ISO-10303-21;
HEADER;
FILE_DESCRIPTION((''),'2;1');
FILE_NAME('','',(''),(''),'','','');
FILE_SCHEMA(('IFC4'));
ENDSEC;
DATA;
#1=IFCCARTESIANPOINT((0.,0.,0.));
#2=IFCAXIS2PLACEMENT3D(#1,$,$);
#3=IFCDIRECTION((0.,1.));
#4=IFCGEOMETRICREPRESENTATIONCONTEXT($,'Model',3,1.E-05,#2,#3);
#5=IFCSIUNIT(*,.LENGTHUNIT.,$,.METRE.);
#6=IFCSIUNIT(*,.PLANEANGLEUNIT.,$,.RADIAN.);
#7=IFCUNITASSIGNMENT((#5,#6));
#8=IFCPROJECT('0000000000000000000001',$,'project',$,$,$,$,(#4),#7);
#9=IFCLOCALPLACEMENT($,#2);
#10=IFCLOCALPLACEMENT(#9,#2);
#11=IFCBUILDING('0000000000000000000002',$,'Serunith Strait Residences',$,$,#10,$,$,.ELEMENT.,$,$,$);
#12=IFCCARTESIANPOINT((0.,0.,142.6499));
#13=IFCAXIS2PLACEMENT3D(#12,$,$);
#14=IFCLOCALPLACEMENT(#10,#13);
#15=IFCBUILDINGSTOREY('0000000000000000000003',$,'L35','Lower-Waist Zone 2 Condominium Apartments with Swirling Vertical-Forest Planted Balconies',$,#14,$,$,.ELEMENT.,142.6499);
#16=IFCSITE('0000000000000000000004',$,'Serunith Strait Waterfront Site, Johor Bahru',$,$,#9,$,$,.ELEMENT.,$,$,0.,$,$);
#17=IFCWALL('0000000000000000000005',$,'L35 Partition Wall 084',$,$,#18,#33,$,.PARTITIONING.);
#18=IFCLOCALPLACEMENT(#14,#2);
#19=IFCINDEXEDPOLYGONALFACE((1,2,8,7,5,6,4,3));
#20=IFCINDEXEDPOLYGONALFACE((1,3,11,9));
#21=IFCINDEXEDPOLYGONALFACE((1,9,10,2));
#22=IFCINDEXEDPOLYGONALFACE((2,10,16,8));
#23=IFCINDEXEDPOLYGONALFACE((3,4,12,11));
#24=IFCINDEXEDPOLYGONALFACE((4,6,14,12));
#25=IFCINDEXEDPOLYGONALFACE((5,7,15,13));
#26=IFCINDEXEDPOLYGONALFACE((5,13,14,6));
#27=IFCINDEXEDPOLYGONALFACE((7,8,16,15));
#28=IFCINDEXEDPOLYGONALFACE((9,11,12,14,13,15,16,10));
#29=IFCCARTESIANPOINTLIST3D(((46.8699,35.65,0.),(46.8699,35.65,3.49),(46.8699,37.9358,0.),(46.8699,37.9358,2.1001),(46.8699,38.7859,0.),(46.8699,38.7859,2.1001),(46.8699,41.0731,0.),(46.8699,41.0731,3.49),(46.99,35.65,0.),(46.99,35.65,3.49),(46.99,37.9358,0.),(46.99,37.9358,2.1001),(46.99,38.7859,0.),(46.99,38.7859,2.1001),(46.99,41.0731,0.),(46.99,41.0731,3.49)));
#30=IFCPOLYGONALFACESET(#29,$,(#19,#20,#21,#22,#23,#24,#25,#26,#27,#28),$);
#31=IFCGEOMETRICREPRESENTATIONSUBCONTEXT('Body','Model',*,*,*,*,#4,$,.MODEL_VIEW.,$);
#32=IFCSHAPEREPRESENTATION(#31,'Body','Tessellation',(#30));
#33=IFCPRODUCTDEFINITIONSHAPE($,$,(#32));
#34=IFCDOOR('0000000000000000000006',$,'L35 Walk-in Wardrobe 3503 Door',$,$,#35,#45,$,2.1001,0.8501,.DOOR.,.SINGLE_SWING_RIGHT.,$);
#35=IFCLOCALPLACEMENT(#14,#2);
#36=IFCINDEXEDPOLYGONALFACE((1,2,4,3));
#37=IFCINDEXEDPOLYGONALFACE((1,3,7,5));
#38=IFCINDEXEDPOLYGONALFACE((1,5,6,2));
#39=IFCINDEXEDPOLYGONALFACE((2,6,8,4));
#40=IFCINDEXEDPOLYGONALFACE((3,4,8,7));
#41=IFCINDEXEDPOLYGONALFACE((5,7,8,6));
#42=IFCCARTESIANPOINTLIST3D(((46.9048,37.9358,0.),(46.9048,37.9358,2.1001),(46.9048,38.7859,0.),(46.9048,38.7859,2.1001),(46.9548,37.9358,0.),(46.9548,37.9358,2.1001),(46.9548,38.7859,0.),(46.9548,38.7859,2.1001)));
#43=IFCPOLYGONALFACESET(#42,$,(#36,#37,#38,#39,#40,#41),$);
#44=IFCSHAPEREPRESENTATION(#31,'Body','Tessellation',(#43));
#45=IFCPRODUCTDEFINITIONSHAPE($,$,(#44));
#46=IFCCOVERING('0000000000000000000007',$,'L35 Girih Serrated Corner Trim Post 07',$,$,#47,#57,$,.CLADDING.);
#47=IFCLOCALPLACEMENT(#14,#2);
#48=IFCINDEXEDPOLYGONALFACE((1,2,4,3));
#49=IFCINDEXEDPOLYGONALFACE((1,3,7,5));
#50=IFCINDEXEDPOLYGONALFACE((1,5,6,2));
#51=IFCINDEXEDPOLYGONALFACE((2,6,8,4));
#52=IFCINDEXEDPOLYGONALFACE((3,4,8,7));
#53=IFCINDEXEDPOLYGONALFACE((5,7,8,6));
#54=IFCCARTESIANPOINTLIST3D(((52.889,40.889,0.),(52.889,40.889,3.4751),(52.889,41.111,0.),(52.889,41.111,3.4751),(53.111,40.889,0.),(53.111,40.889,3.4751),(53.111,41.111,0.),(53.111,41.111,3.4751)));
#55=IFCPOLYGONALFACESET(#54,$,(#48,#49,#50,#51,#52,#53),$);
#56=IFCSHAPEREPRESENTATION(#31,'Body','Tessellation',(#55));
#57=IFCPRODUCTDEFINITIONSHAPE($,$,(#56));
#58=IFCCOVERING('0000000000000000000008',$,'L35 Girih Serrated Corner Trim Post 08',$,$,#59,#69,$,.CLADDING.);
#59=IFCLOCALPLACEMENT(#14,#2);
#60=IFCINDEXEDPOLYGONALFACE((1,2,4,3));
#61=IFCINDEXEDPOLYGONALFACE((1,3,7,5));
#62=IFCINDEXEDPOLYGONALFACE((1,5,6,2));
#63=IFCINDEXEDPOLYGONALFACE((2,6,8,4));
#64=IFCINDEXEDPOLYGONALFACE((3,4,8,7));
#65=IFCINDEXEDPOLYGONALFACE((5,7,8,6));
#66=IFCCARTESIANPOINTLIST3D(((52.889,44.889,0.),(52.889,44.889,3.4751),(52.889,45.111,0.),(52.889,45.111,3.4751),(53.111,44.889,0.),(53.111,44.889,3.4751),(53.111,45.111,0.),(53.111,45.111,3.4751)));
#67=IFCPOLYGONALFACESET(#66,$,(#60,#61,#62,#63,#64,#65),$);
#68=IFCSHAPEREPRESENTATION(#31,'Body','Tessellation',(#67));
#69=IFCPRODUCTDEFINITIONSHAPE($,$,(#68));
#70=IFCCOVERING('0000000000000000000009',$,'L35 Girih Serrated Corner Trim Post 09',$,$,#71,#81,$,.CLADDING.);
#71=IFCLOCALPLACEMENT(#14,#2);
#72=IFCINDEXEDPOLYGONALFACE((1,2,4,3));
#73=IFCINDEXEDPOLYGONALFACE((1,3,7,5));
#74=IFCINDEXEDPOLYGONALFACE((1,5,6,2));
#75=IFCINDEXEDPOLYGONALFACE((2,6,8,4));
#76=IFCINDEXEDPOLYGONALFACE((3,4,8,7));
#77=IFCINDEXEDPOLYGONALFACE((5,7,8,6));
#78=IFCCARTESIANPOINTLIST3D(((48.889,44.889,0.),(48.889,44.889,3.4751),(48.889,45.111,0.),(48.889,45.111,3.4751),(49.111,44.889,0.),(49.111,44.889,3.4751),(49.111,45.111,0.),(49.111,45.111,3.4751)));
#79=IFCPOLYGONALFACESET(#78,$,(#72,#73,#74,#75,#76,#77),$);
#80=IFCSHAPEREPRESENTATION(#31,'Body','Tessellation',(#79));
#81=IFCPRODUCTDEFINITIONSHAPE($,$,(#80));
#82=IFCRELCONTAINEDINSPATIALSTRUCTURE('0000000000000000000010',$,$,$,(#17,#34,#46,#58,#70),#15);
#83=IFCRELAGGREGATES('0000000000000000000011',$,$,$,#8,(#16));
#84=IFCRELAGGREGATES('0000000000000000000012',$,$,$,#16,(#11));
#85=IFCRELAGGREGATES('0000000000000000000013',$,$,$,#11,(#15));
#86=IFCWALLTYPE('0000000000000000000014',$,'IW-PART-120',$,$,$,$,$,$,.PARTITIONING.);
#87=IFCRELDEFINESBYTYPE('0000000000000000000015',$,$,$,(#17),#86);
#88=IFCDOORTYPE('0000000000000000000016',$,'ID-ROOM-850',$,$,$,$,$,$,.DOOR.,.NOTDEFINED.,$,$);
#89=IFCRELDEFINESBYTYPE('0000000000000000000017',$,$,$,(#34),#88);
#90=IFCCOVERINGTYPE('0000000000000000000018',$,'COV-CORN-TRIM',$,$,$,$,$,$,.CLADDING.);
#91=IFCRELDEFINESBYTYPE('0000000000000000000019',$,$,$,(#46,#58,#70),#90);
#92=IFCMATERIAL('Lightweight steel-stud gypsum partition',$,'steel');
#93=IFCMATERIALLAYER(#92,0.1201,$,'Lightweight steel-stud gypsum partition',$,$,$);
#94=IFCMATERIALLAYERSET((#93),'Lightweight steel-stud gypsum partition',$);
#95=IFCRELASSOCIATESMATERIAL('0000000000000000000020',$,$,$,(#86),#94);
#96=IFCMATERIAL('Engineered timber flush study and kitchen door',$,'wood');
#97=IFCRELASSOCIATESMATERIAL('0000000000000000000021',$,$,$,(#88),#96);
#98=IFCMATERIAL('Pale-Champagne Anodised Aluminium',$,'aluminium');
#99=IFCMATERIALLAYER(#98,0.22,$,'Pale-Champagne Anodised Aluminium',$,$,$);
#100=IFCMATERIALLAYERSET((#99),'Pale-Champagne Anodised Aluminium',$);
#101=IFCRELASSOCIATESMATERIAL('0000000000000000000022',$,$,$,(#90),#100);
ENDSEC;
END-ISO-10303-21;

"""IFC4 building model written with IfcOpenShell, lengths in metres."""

from ifc_helpers import new_model, si_unit, direction, frame, frame_2d, origin, origin_2d, place, context, subcontext, project, spatial, rectangle, extrude, source, transform, mapped, material, layer, layer_set, type_object, element, fill, save


model = new_model("IFC4")

# Units and contexts
model_context = context("Model", 3, precision=1e-05, world=origin(), true_north=direction((0.0, 1.0)))
body_context = subcontext(model_context, "Body", "Model", "MODEL_VIEW")
ifc_project = project(units=[si_unit("LENGTHUNIT", "METRE"), si_unit("PLANEANGLEUNIT", "RADIAN")], contexts=[model_context])

# Site, building, storey
site_placement = place(None, origin())
site = spatial("IfcSite", under=ifc_project, at=site_placement, Name="Serunith Strait Waterfront Site, Johor Bahru", CompositionType="ELEMENT", RefElevation=0.0)
building_placement = place(site_placement, origin())
building = spatial("IfcBuilding", under=site, at=building_placement, Name="Serunith Strait Residences", CompositionType="ELEMENT")
storey_placement = place(building_placement, frame((0.0, 0.0, 142.6499)))
storey = spatial("IfcBuildingStorey", under=building, at=storey_placement, Name="L35", Description="Lower-Waist Zone 2 Condominium Apartments with Swirling Vertical-Forest Planted Balconies", CompositionType="ELEMENT", Elevation=142.6499)

# Shared definitions
ifc_material_1 = material(Name="Pale-Champagne Anodised Aluminium", Category="aluminium")

# Shared definitions
ifc_material_2 = material(Name="Lightweight steel-stud gypsum partition", Category="steel")
ifc_layer_1 = layer(ifc_material_2, 0.1201, Name="Lightweight steel-stud gypsum partition")
ifc_layer_set_1 = layer_set([ifc_layer_1], Name="Lightweight steel-stud gypsum partition")
wall_type_1 = type_object("IfcWallType", Name="IW-PART-120", PredefinedType="PARTITIONING", material=ifc_layer_set_1)

# Wall, opening, door
wall_1_placement = place(storey_placement, frame((46.9299, 41.073, 0.0), z_axis=(0.0, 0.0, 1.0), x_axis=(0.0, -1.0, 0.0)))
wall_1 = element("IfcWall", 1, at=wall_1_placement, inside=storey, type_object=wall_type_1, Name="L35 Partition Wall 084", PredefinedType="PARTITIONING", context=body_context, shape_type="SweptSolid", body=[
    extrude(rectangle(XDim=5.4231, YDim=0.1201, at=frame_2d((2.7114, 0.0))), origin(), (0.0, 0.0, 1.0), 3.49),
])
opening_1_placement = place(wall_1_placement, frame((2.2871, 0.0, 0.0)))
opening_1 = element("IfcOpeningElement", 2, at=opening_1_placement, cuts=wall_1, PredefinedType="OPENING", context=body_context, shape_type="SweptSolid", body=[
    extrude(rectangle(XDim=0.8501, YDim=2.1001, at=frame_2d((0.425, 1.05))), frame((0.0, 0.0701, 0.0), z_axis=(0.0, -1.0, 0.0), x_axis=(1.0, 0.0, 0.0)), (0.0, 0.0, 1.0), 0.1401),
])
ifc_material_3 = material(Name="Engineered timber flush study and kitchen door", Category="wood")
door_type_1 = type_object("IfcDoorType", Name="ID-ROOM-850", OperationType="NOTDEFINED", PredefinedType="DOOR", material=ifc_material_3)
shared_shape_1 = source(origin(), body_context, "Body", "SweptSolid", [
    extrude(rectangle(XDim=0.8501, YDim=2.1001, at=frame_2d((0.425, 1.05))), frame((0.0, 0.0249, 0.0), z_axis=(0.0, -1.0, 0.0), x_axis=(1.0, 0.0, 0.0)), (0.0, 0.0, 1.0), 0.05),
])
door_1_placement = place(opening_1_placement, origin())
door_1 = element("IfcDoor", 3, at=door_1_placement, inside=storey, type_object=door_type_1, Name="L35 Walk-in Wardrobe 3503 Door", OperationType="SINGLE_SWING_RIGHT", OverallHeight=2.1001, OverallWidth=0.8501, PredefinedType="DOOR", context=body_context, shape_type="MappedRepresentation", body=[
    mapped(shared_shape_1, transform((0.0, 0.0, 0.0), scale=1.0)),
])
fill(opening_1, door_1)

# Coverings
ifc_layer_2 = layer(ifc_material_1, 0.22, Name="Pale-Champagne Anodised Aluminium")
ifc_layer_set_2 = layer_set([ifc_layer_2], Name="Pale-Champagne Anodised Aluminium")
covering_type = type_object("IfcCoveringType", Name="COV-CORN-TRIM", PredefinedType="CLADDING", material=ifc_layer_set_2)
shared_shape_2 = source(origin(), body_context, "Body", "SweptSolid", [
    extrude(rectangle(XDim=0.2219, YDim=0.2219, at=origin_2d()), origin(), (0.0, 0.0, 1.0), 3.4751),
])
for number, where, z_axis, x_axis, name in (
    (4, (53.0, 41.0, 0.0), (0.0, 0.0, 1.0), (1.0, 0.0, 0.0), "L35 Girih Serrated Corner Trim Post 07"),
    (5, (53.0, 45.0, 0.0), (0.0, 0.0, 1.0), (1.0, 0.0, 0.0), "L35 Girih Serrated Corner Trim Post 08"),
    (6, (49.0, 45.0, 0.0), (0.0, 0.0, 1.0), (1.0, 0.0, 0.0), "L35 Girih Serrated Corner Trim Post 09"),
):
    element("IfcCovering", number, at=place(storey_placement, frame(where, z_axis=z_axis, x_axis=x_axis)), inside=storey, type_object=covering_type, Name=name, PredefinedType="CLADDING", context=body_context, shape_type="MappedRepresentation", body=[
        mapped(shared_shape_2, transform((0.0, 0.0, 0.0), scale=1.0)),
    ])

save(model, "model.ifc")
